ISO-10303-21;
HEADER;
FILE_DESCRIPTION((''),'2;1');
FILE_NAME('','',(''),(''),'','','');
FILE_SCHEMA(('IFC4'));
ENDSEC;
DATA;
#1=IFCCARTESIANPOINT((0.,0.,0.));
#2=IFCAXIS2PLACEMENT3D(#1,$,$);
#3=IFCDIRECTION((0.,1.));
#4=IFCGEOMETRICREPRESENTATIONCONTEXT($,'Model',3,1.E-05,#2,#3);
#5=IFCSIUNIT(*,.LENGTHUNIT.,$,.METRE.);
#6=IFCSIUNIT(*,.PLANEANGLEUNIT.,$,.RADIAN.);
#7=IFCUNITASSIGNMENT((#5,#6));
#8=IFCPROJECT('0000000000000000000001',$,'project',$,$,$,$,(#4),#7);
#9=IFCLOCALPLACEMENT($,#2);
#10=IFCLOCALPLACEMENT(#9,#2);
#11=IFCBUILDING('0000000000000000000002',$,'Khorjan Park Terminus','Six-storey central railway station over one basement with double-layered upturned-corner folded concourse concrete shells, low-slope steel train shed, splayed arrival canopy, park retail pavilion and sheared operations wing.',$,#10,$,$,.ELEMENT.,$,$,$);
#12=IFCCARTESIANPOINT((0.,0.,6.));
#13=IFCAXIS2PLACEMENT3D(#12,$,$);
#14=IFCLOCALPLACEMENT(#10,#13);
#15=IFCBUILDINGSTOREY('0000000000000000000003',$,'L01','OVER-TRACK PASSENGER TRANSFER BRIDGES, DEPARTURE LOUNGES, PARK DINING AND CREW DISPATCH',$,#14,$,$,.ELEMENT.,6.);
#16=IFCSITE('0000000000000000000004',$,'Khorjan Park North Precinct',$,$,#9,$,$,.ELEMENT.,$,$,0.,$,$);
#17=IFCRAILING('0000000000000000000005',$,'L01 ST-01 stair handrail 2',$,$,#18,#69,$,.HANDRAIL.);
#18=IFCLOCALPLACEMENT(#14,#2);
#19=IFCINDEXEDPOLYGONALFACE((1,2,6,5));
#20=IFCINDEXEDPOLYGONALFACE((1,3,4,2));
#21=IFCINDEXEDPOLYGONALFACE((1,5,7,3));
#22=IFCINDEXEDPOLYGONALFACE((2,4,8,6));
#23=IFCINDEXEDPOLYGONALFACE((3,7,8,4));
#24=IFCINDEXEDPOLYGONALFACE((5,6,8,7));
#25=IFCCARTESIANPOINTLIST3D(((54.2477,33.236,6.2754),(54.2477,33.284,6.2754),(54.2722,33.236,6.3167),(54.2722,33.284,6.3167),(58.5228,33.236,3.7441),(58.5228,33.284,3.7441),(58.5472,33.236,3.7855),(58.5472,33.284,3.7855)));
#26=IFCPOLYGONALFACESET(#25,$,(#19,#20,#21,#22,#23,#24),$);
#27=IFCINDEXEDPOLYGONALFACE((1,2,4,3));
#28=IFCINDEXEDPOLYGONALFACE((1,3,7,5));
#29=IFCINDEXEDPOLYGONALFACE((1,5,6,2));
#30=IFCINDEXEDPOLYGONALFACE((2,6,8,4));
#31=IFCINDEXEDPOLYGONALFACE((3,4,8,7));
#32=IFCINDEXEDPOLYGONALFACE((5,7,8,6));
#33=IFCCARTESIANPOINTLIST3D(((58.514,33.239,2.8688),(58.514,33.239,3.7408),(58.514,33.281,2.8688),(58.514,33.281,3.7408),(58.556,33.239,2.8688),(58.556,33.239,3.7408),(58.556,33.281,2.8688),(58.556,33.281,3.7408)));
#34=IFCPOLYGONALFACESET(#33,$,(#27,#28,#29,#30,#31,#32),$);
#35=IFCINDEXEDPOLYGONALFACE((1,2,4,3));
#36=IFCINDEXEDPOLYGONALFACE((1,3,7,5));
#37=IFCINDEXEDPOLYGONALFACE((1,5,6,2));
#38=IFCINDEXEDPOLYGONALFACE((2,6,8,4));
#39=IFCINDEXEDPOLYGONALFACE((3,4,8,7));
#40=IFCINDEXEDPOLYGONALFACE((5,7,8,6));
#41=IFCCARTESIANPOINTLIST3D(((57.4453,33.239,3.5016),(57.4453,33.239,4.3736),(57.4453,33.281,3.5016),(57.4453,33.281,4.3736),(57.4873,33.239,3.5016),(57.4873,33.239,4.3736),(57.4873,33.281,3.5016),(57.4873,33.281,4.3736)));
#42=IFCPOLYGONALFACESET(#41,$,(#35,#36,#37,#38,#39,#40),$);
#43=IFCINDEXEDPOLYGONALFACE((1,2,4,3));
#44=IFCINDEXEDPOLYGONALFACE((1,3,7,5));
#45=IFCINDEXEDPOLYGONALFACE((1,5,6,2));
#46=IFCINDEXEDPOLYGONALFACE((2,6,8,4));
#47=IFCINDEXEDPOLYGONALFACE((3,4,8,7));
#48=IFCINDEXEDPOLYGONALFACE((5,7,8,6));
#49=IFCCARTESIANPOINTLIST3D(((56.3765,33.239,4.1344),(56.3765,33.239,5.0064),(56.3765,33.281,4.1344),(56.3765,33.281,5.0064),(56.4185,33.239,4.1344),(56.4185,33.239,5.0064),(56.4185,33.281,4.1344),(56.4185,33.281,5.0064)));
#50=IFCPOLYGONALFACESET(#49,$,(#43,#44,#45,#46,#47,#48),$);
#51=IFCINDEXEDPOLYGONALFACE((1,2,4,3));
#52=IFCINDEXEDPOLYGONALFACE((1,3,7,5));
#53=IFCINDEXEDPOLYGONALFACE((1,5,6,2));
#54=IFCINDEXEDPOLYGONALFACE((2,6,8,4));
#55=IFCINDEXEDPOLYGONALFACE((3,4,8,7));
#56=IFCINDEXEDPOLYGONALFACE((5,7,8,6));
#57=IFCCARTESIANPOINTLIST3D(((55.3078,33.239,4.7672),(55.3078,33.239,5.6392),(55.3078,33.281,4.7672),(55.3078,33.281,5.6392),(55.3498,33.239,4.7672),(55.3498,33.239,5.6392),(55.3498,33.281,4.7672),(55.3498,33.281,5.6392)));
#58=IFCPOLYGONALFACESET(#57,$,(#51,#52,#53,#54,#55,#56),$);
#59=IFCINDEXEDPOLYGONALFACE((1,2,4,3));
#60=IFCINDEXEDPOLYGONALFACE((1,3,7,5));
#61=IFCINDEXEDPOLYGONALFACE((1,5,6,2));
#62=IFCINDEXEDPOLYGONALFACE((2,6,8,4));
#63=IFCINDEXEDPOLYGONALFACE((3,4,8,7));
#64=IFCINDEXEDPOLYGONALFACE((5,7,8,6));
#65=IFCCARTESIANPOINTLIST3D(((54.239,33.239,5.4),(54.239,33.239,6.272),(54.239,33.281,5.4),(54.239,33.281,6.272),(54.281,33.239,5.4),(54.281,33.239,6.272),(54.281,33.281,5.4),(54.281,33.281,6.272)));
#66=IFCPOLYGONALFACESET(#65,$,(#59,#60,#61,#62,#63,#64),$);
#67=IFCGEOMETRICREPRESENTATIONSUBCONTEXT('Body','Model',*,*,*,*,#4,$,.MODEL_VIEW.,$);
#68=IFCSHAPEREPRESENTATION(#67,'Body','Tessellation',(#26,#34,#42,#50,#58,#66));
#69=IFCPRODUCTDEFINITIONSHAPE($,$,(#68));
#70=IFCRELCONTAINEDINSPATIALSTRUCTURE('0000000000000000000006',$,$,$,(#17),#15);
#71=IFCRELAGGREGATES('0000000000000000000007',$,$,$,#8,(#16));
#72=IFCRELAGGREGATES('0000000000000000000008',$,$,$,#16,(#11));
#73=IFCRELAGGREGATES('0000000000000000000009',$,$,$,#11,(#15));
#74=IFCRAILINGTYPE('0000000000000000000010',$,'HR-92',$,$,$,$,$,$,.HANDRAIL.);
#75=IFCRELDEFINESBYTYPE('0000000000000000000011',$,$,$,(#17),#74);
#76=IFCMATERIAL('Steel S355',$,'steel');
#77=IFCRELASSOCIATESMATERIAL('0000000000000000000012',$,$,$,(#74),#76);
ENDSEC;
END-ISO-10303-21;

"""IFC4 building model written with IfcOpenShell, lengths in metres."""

from ifc_helpers import new_model, si_unit, direction, frame, origin, origin_2d, place, context, subcontext, project, spatial, rectangle, extrude, material, type_object, element, save


model = new_model("IFC4")

# Units and contexts
model_context = context("Model", 3, precision=1e-05, world=origin(), true_north=direction((0.0, 1.0)))
body_context = subcontext(model_context, "Body", "Model", "MODEL_VIEW")
ifc_project = project(units=[si_unit("LENGTHUNIT", "METRE"), si_unit("PLANEANGLEUNIT", "RADIAN")], contexts=[model_context])

# Site, building, storey
site_placement = place(None, origin())
site = spatial("IfcSite", under=ifc_project, at=site_placement, Name="Khorjan Park North Precinct", CompositionType="ELEMENT", RefElevation=0.0)
building_placement = place(site_placement, origin())
building = spatial("IfcBuilding", under=site, at=building_placement, Name="Khorjan Park Terminus", Description="Six-storey central railway station over one basement with double-layered upturned-corner folded concourse concrete shells, low-slope steel train shed, splayed arrival canopy, park retail pavilion and sheared operations wing.", CompositionType="ELEMENT")
storey_placement = place(building_placement, frame((0.0, 0.0, 6.0)))
storey = spatial("IfcBuildingStorey", under=building, at=storey_placement, Name="L01", Description="OVER-TRACK PASSENGER TRANSFER BRIDGES, DEPARTURE LOUNGES, PARK DINING AND CREW DISPATCH", CompositionType="ELEMENT", Elevation=6.0)

# Railing
ifc_material_1 = material(Name="Steel S355", Category="steel")
railing_type_1 = type_object("IfcRailingType", Name="HR-92", PredefinedType="HANDRAIL", material=ifc_material_1)
railing_1_placement = place(storey_placement, frame((58.535, 33.26, 2.8688)))
element("IfcRailing", 1, at=railing_1_placement, inside=storey, type_object=railing_type_1, Name="L01 ST-01 stair handrail 2", PredefinedType="HANDRAIL", context=body_context, shape_type="SweptSolid", body=[
    extrude(rectangle(XDim=0.048, YDim=0.048, at=origin_2d()), frame((0.0, 0.0, 0.896), z_axis=(-0.86048, 0.0, 0.509485), x_axis=(0.0, -1.0, 0.0)), (0.0, 0.0, 1.0), 4.9682),
    extrude(rectangle(XDim=0.042, YDim=0.042, at=origin_2d()), origin(), (0.0, 0.0, 1.0), 0.872),
    extrude(rectangle(XDim=0.042, YDim=0.042, at=origin_2d()), frame((-1.0687, 0.0, 0.6328)), (0.0, 0.0, 1.0), 0.872),
    extrude(rectangle(XDim=0.042, YDim=0.042, at=origin_2d()), frame((-2.1375, 0.0, 1.2656)), (0.0, 0.0, 1.0), 0.872),
    extrude(rectangle(XDim=0.042, YDim=0.042, at=origin_2d()), frame((-3.2062, 0.0, 1.8984)), (0.0, 0.0, 1.0), 0.872),
    extrude(rectangle(XDim=0.042, YDim=0.042, at=origin_2d()), frame((-4.275, 0.0, 2.5312)), (0.0, 0.0, 1.0), 0.872),
])

save(model, "model.ifc")
